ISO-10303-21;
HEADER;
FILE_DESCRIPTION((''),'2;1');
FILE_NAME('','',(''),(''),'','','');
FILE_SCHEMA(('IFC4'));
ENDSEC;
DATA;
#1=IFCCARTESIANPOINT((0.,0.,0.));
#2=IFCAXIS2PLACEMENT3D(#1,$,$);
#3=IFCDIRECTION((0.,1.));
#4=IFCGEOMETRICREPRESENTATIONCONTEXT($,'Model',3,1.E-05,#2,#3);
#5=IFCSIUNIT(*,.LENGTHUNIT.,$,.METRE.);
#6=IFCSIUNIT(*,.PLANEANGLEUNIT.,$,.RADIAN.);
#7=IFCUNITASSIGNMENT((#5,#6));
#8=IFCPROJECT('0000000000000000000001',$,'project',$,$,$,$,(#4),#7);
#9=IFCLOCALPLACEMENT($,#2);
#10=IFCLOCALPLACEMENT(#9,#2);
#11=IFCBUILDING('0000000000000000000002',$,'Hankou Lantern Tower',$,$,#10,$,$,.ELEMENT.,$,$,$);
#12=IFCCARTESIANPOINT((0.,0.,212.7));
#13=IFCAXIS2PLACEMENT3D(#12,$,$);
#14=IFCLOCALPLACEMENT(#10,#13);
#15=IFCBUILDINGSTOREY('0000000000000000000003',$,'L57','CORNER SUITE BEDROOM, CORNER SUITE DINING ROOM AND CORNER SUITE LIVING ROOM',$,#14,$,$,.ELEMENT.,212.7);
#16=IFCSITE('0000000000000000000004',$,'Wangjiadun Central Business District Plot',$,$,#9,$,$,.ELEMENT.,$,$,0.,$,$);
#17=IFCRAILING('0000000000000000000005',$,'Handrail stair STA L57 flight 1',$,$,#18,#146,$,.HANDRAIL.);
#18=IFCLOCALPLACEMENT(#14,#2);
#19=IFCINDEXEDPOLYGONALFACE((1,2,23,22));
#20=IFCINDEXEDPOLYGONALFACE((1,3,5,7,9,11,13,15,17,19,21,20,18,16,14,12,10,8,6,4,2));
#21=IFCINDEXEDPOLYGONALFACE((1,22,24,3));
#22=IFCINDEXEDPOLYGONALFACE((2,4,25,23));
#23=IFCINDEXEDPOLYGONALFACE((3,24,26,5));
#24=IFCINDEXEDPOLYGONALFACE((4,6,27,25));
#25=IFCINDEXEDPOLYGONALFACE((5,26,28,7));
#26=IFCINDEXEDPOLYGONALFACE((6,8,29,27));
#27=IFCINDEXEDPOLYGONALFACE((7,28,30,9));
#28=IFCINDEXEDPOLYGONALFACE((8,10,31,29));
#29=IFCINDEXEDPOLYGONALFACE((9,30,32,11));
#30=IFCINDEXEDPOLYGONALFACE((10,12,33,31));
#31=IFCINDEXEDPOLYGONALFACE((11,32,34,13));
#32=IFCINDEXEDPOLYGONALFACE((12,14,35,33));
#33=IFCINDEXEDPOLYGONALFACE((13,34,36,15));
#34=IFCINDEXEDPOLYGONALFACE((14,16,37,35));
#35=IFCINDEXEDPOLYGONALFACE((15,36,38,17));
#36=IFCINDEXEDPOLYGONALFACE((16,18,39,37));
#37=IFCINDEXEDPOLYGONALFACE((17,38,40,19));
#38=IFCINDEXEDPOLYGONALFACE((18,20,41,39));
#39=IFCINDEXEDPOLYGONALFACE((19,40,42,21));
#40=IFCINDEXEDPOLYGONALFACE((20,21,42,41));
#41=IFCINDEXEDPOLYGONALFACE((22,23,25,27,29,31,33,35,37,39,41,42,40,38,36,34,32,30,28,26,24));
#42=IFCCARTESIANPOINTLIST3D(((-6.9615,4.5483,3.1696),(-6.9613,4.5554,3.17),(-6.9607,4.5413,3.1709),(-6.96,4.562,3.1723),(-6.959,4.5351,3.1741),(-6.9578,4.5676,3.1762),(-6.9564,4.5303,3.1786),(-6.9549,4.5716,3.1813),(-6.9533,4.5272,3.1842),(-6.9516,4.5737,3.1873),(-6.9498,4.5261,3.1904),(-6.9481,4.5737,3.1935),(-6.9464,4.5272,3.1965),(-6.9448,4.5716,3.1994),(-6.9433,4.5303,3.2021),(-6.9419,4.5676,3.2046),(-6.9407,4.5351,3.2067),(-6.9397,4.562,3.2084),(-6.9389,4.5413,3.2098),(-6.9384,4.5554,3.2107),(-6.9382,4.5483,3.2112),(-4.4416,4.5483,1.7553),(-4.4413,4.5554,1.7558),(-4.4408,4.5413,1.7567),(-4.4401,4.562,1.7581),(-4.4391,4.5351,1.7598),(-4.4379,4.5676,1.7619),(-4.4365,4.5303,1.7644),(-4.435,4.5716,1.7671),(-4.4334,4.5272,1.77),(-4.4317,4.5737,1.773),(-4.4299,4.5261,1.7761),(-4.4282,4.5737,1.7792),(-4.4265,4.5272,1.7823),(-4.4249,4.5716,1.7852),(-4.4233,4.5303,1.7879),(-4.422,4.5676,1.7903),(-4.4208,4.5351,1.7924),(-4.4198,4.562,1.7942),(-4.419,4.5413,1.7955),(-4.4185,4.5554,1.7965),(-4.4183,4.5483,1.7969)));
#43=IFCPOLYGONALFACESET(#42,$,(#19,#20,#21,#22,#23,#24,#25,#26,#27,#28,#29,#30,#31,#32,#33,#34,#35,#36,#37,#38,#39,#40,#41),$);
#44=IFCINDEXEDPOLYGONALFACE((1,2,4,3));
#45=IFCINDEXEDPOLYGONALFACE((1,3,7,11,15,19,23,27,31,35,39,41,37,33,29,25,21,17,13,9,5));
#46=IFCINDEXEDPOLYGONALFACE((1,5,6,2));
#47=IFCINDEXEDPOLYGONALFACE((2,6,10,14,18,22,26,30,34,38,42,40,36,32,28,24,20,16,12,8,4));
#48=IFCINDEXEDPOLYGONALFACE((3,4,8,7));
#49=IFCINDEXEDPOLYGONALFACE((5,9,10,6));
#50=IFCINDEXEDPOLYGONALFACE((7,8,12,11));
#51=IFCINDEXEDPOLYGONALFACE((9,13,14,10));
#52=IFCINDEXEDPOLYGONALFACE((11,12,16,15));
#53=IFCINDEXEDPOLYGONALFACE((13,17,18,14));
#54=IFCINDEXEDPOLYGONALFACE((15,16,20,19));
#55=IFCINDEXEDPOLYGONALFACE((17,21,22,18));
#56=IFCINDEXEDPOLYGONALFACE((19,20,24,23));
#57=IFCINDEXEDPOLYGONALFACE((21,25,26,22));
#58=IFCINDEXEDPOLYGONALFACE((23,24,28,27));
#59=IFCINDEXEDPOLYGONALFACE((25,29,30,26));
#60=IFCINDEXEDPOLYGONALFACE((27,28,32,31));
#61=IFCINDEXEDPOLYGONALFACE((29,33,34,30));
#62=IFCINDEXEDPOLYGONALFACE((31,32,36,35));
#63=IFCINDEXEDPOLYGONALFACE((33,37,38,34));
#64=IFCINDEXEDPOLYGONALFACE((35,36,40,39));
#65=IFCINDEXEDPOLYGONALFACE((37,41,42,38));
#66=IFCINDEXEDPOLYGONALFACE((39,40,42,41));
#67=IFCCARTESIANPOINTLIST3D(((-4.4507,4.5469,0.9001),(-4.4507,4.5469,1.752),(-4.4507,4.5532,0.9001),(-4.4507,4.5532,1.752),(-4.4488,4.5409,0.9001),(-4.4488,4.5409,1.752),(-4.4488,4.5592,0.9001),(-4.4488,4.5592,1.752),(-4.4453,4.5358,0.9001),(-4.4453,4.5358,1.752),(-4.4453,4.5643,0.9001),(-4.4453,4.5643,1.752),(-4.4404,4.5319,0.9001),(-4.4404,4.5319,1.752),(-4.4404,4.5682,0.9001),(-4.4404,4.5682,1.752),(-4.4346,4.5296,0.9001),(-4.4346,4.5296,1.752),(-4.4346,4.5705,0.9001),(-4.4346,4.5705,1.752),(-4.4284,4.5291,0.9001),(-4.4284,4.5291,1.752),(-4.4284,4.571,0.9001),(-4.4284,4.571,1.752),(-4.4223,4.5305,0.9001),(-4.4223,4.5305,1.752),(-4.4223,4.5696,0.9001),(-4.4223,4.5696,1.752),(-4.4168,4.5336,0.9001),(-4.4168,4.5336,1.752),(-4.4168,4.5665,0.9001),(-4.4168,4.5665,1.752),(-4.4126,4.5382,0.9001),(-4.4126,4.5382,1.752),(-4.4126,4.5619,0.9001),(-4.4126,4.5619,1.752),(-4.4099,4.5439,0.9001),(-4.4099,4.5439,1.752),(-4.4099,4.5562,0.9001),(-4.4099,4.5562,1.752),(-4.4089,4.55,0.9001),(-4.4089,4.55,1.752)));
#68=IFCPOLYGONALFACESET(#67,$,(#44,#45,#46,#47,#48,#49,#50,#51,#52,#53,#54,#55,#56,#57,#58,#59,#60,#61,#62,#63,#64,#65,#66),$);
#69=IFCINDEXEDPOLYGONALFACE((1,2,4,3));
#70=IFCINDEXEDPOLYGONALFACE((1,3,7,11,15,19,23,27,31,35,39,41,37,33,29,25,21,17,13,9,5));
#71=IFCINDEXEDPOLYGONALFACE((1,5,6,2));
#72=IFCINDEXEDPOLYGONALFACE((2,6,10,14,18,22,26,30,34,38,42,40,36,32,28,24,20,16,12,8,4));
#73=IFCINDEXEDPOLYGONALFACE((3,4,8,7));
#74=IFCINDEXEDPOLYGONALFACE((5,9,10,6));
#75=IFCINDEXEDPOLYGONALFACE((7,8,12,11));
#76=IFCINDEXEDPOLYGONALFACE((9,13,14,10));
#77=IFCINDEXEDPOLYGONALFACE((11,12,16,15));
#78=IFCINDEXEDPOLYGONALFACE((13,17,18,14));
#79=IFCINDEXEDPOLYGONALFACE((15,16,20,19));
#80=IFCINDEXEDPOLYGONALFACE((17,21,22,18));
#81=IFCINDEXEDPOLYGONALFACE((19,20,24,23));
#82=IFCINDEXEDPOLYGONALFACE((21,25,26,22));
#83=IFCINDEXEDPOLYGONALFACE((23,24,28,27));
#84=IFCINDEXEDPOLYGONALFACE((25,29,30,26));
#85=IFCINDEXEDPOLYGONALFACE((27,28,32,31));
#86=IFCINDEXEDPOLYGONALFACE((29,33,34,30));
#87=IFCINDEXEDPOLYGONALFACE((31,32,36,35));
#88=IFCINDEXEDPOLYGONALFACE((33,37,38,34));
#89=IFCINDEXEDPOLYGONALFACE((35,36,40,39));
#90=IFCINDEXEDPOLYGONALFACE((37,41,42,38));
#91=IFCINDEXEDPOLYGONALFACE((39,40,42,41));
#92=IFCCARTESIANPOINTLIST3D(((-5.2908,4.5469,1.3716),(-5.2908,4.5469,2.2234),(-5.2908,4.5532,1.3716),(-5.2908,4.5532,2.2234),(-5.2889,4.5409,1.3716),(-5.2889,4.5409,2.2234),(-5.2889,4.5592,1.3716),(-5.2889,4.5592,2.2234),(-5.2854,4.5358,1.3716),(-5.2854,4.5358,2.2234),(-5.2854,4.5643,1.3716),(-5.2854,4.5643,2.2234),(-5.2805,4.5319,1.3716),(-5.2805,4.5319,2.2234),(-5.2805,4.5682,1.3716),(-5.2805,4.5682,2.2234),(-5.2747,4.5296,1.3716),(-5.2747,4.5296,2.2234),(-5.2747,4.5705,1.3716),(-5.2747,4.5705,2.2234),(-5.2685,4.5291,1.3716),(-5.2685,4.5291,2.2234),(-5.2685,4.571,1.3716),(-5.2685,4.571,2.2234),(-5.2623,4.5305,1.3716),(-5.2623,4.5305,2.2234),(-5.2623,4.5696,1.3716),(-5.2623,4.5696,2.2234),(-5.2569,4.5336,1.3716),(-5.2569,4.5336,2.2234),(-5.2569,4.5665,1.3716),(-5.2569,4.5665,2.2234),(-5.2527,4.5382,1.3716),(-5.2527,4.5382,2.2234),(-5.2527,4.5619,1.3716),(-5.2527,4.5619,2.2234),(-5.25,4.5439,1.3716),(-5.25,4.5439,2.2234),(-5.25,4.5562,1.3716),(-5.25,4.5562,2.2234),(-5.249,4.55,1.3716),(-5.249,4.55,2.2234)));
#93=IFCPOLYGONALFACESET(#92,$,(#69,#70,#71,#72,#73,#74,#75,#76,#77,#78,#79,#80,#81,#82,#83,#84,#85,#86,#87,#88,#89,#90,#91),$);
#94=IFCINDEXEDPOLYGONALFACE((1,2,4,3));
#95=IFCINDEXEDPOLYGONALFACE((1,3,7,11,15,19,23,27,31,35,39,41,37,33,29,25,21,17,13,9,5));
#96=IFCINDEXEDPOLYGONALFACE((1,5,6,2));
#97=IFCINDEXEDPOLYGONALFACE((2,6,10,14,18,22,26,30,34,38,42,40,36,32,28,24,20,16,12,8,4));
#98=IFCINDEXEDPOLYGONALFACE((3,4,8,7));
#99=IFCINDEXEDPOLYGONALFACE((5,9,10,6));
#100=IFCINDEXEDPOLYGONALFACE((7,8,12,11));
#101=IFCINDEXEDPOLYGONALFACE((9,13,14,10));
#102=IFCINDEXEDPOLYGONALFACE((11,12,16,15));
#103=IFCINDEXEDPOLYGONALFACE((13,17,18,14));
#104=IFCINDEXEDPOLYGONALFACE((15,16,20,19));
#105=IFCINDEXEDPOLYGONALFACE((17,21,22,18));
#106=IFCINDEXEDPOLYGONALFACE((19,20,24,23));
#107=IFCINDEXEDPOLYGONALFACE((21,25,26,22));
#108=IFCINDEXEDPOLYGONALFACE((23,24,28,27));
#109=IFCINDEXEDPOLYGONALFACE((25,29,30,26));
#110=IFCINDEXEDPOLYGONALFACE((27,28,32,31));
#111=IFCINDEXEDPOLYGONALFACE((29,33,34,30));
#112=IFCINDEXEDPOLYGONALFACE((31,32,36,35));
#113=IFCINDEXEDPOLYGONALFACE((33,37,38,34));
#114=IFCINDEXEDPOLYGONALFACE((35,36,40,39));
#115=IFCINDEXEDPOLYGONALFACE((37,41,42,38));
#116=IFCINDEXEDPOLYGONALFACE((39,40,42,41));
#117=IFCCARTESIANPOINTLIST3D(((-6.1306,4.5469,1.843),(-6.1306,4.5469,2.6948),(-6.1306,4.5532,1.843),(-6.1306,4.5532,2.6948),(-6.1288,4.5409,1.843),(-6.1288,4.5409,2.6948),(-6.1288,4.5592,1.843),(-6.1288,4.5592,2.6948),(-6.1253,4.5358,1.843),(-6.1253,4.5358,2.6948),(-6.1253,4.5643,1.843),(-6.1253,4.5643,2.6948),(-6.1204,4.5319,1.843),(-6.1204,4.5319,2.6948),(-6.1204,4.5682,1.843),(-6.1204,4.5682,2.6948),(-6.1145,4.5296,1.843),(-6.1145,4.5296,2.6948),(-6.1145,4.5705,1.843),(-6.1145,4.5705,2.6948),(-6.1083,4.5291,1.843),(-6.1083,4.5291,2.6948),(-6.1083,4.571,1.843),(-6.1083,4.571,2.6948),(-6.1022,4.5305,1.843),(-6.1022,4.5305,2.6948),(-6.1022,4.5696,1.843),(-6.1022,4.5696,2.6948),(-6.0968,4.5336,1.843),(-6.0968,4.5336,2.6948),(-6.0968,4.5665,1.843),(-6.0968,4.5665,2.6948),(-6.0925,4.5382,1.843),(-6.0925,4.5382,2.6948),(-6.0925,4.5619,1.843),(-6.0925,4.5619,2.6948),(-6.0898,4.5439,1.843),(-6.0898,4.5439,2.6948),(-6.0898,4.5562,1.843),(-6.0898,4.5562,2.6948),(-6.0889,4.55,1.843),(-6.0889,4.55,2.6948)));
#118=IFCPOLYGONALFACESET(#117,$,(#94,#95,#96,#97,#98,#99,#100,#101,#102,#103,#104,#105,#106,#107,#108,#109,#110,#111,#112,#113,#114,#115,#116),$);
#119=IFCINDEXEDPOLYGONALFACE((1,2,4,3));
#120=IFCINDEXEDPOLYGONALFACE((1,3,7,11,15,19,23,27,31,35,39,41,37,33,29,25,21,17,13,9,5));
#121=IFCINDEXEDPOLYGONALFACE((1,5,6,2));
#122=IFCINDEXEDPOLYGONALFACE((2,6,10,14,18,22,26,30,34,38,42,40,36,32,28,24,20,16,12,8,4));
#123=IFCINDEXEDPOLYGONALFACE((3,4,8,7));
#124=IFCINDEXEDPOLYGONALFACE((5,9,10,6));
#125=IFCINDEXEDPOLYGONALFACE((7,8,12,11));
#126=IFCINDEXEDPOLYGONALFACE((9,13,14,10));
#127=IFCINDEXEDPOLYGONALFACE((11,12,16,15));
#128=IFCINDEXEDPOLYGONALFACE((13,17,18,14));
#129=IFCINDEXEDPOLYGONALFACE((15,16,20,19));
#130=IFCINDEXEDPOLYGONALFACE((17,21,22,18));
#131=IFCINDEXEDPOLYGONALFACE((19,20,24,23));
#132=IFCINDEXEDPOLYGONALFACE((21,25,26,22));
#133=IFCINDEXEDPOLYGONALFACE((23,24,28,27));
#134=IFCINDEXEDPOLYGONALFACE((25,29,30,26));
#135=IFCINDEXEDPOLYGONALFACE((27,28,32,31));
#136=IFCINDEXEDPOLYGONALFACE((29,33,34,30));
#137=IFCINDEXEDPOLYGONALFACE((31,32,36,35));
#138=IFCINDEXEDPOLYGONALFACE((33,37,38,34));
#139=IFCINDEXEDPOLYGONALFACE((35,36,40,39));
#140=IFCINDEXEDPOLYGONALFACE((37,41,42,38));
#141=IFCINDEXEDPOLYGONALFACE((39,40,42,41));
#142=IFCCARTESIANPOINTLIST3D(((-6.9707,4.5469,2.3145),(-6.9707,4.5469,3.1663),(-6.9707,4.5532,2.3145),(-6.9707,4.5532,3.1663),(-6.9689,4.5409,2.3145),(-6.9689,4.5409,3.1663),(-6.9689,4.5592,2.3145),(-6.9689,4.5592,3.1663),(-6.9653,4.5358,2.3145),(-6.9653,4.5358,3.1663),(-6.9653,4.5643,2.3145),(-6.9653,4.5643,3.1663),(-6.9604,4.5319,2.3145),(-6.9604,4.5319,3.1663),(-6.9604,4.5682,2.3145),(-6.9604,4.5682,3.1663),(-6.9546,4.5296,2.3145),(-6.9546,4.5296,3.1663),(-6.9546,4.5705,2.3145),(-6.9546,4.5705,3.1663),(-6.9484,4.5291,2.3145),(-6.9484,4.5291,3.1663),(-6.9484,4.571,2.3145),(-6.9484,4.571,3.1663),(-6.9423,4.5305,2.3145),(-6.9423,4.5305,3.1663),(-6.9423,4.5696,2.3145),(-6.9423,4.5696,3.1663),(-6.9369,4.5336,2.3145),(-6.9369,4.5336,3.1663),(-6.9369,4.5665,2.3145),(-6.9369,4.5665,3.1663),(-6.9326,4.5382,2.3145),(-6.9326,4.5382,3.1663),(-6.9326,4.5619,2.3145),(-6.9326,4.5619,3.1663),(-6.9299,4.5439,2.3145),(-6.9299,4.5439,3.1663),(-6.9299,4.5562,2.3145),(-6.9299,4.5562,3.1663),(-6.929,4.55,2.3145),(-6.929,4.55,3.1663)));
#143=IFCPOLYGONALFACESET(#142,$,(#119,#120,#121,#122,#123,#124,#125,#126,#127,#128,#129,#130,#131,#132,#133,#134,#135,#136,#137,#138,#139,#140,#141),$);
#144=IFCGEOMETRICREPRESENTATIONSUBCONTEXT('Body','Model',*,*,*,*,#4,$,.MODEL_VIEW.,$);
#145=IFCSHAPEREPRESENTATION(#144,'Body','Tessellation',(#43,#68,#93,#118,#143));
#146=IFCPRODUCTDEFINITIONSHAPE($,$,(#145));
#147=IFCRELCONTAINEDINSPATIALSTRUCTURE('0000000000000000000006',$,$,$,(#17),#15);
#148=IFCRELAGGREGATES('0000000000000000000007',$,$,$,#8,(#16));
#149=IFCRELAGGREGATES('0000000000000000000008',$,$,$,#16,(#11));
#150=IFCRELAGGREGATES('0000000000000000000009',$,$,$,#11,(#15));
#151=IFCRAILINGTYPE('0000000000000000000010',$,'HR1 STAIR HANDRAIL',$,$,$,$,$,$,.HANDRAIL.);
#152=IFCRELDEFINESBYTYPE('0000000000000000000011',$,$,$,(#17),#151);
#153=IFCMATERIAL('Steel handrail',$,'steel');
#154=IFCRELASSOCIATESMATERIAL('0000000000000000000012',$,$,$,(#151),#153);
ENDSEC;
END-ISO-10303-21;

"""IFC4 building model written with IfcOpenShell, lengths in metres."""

from ifc_helpers import new_model, si_unit, direction, frame, origin, origin_2d, place, context, subcontext, project, spatial, circle, extrude, material, type_object, element, save


model = new_model("IFC4")

# Units and contexts
model_context = context("Model", 3, precision=1e-05, world=origin(), true_north=direction((0.0, 1.0)))
body_context = subcontext(model_context, "Body", "Model", "MODEL_VIEW")
ifc_project = project(units=[si_unit("LENGTHUNIT", "METRE"), si_unit("PLANEANGLEUNIT", "RADIAN")], contexts=[model_context])

# Site, building, storey
site_placement = place(None, origin())
site = spatial("IfcSite", under=ifc_project, at=site_placement, Name="Wangjiadun Central Business District Plot", CompositionType="ELEMENT", RefElevation=0.0)
building_placement = place(site_placement, origin())
building = spatial("IfcBuilding", under=site, at=building_placement, Name="Hankou Lantern Tower", CompositionType="ELEMENT")
storey_placement = place(building_placement, frame((0.0, 0.0, 212.7)))
storey = spatial("IfcBuildingStorey", under=building, at=storey_placement, Name="L57", Description="CORNER SUITE BEDROOM, CORNER SUITE DINING ROOM AND CORNER SUITE LIVING ROOM", CompositionType="ELEMENT", Elevation=212.7)

# Railing
ifc_material_1 = material(Name="Steel handrail", Category="steel")
railing_type = type_object("IfcRailingType", Name="HR1 STAIR HANDRAIL", PredefinedType="HANDRAIL", material=ifc_material_1)
railing_1_placement = place(storey_placement, frame((-4.4299, 4.55, 0.9001)))
element("IfcRailing", 1, at=railing_1_placement, inside=storey, type_object=railing_type, Name="Handrail stair STA L57 flight 1", PredefinedType="HANDRAIL", context=body_context, shape_type="SweptSolid", body=[
    extrude(circle(Radius=0.0239, at=origin_2d()), frame((0.0, 0.0, 0.876), z_axis=(-0.872049, 0.0, 0.489419), x_axis=(0.0, -1.0, 0.0)), (0.0, 0.0, 1.0), 2.8896),
    extrude(circle(Radius=0.021, at=origin_2d()), origin(), (0.0, 0.0, 1.0), 0.8518),
    extrude(circle(Radius=0.021, at=origin_2d()), frame((-0.8401, 0.0, 0.4714)), (0.0, 0.0, 1.0), 0.8518),
    extrude(circle(Radius=0.021, at=origin_2d()), frame((-1.6799, 0.0, 0.9429)), (0.0, 0.0, 1.0), 0.8518),
    extrude(circle(Radius=0.021, at=origin_2d()), frame((-2.52, 0.0, 1.4143)), (0.0, 0.0, 1.0), 0.8518),
])

save(model, "model.ifc")
